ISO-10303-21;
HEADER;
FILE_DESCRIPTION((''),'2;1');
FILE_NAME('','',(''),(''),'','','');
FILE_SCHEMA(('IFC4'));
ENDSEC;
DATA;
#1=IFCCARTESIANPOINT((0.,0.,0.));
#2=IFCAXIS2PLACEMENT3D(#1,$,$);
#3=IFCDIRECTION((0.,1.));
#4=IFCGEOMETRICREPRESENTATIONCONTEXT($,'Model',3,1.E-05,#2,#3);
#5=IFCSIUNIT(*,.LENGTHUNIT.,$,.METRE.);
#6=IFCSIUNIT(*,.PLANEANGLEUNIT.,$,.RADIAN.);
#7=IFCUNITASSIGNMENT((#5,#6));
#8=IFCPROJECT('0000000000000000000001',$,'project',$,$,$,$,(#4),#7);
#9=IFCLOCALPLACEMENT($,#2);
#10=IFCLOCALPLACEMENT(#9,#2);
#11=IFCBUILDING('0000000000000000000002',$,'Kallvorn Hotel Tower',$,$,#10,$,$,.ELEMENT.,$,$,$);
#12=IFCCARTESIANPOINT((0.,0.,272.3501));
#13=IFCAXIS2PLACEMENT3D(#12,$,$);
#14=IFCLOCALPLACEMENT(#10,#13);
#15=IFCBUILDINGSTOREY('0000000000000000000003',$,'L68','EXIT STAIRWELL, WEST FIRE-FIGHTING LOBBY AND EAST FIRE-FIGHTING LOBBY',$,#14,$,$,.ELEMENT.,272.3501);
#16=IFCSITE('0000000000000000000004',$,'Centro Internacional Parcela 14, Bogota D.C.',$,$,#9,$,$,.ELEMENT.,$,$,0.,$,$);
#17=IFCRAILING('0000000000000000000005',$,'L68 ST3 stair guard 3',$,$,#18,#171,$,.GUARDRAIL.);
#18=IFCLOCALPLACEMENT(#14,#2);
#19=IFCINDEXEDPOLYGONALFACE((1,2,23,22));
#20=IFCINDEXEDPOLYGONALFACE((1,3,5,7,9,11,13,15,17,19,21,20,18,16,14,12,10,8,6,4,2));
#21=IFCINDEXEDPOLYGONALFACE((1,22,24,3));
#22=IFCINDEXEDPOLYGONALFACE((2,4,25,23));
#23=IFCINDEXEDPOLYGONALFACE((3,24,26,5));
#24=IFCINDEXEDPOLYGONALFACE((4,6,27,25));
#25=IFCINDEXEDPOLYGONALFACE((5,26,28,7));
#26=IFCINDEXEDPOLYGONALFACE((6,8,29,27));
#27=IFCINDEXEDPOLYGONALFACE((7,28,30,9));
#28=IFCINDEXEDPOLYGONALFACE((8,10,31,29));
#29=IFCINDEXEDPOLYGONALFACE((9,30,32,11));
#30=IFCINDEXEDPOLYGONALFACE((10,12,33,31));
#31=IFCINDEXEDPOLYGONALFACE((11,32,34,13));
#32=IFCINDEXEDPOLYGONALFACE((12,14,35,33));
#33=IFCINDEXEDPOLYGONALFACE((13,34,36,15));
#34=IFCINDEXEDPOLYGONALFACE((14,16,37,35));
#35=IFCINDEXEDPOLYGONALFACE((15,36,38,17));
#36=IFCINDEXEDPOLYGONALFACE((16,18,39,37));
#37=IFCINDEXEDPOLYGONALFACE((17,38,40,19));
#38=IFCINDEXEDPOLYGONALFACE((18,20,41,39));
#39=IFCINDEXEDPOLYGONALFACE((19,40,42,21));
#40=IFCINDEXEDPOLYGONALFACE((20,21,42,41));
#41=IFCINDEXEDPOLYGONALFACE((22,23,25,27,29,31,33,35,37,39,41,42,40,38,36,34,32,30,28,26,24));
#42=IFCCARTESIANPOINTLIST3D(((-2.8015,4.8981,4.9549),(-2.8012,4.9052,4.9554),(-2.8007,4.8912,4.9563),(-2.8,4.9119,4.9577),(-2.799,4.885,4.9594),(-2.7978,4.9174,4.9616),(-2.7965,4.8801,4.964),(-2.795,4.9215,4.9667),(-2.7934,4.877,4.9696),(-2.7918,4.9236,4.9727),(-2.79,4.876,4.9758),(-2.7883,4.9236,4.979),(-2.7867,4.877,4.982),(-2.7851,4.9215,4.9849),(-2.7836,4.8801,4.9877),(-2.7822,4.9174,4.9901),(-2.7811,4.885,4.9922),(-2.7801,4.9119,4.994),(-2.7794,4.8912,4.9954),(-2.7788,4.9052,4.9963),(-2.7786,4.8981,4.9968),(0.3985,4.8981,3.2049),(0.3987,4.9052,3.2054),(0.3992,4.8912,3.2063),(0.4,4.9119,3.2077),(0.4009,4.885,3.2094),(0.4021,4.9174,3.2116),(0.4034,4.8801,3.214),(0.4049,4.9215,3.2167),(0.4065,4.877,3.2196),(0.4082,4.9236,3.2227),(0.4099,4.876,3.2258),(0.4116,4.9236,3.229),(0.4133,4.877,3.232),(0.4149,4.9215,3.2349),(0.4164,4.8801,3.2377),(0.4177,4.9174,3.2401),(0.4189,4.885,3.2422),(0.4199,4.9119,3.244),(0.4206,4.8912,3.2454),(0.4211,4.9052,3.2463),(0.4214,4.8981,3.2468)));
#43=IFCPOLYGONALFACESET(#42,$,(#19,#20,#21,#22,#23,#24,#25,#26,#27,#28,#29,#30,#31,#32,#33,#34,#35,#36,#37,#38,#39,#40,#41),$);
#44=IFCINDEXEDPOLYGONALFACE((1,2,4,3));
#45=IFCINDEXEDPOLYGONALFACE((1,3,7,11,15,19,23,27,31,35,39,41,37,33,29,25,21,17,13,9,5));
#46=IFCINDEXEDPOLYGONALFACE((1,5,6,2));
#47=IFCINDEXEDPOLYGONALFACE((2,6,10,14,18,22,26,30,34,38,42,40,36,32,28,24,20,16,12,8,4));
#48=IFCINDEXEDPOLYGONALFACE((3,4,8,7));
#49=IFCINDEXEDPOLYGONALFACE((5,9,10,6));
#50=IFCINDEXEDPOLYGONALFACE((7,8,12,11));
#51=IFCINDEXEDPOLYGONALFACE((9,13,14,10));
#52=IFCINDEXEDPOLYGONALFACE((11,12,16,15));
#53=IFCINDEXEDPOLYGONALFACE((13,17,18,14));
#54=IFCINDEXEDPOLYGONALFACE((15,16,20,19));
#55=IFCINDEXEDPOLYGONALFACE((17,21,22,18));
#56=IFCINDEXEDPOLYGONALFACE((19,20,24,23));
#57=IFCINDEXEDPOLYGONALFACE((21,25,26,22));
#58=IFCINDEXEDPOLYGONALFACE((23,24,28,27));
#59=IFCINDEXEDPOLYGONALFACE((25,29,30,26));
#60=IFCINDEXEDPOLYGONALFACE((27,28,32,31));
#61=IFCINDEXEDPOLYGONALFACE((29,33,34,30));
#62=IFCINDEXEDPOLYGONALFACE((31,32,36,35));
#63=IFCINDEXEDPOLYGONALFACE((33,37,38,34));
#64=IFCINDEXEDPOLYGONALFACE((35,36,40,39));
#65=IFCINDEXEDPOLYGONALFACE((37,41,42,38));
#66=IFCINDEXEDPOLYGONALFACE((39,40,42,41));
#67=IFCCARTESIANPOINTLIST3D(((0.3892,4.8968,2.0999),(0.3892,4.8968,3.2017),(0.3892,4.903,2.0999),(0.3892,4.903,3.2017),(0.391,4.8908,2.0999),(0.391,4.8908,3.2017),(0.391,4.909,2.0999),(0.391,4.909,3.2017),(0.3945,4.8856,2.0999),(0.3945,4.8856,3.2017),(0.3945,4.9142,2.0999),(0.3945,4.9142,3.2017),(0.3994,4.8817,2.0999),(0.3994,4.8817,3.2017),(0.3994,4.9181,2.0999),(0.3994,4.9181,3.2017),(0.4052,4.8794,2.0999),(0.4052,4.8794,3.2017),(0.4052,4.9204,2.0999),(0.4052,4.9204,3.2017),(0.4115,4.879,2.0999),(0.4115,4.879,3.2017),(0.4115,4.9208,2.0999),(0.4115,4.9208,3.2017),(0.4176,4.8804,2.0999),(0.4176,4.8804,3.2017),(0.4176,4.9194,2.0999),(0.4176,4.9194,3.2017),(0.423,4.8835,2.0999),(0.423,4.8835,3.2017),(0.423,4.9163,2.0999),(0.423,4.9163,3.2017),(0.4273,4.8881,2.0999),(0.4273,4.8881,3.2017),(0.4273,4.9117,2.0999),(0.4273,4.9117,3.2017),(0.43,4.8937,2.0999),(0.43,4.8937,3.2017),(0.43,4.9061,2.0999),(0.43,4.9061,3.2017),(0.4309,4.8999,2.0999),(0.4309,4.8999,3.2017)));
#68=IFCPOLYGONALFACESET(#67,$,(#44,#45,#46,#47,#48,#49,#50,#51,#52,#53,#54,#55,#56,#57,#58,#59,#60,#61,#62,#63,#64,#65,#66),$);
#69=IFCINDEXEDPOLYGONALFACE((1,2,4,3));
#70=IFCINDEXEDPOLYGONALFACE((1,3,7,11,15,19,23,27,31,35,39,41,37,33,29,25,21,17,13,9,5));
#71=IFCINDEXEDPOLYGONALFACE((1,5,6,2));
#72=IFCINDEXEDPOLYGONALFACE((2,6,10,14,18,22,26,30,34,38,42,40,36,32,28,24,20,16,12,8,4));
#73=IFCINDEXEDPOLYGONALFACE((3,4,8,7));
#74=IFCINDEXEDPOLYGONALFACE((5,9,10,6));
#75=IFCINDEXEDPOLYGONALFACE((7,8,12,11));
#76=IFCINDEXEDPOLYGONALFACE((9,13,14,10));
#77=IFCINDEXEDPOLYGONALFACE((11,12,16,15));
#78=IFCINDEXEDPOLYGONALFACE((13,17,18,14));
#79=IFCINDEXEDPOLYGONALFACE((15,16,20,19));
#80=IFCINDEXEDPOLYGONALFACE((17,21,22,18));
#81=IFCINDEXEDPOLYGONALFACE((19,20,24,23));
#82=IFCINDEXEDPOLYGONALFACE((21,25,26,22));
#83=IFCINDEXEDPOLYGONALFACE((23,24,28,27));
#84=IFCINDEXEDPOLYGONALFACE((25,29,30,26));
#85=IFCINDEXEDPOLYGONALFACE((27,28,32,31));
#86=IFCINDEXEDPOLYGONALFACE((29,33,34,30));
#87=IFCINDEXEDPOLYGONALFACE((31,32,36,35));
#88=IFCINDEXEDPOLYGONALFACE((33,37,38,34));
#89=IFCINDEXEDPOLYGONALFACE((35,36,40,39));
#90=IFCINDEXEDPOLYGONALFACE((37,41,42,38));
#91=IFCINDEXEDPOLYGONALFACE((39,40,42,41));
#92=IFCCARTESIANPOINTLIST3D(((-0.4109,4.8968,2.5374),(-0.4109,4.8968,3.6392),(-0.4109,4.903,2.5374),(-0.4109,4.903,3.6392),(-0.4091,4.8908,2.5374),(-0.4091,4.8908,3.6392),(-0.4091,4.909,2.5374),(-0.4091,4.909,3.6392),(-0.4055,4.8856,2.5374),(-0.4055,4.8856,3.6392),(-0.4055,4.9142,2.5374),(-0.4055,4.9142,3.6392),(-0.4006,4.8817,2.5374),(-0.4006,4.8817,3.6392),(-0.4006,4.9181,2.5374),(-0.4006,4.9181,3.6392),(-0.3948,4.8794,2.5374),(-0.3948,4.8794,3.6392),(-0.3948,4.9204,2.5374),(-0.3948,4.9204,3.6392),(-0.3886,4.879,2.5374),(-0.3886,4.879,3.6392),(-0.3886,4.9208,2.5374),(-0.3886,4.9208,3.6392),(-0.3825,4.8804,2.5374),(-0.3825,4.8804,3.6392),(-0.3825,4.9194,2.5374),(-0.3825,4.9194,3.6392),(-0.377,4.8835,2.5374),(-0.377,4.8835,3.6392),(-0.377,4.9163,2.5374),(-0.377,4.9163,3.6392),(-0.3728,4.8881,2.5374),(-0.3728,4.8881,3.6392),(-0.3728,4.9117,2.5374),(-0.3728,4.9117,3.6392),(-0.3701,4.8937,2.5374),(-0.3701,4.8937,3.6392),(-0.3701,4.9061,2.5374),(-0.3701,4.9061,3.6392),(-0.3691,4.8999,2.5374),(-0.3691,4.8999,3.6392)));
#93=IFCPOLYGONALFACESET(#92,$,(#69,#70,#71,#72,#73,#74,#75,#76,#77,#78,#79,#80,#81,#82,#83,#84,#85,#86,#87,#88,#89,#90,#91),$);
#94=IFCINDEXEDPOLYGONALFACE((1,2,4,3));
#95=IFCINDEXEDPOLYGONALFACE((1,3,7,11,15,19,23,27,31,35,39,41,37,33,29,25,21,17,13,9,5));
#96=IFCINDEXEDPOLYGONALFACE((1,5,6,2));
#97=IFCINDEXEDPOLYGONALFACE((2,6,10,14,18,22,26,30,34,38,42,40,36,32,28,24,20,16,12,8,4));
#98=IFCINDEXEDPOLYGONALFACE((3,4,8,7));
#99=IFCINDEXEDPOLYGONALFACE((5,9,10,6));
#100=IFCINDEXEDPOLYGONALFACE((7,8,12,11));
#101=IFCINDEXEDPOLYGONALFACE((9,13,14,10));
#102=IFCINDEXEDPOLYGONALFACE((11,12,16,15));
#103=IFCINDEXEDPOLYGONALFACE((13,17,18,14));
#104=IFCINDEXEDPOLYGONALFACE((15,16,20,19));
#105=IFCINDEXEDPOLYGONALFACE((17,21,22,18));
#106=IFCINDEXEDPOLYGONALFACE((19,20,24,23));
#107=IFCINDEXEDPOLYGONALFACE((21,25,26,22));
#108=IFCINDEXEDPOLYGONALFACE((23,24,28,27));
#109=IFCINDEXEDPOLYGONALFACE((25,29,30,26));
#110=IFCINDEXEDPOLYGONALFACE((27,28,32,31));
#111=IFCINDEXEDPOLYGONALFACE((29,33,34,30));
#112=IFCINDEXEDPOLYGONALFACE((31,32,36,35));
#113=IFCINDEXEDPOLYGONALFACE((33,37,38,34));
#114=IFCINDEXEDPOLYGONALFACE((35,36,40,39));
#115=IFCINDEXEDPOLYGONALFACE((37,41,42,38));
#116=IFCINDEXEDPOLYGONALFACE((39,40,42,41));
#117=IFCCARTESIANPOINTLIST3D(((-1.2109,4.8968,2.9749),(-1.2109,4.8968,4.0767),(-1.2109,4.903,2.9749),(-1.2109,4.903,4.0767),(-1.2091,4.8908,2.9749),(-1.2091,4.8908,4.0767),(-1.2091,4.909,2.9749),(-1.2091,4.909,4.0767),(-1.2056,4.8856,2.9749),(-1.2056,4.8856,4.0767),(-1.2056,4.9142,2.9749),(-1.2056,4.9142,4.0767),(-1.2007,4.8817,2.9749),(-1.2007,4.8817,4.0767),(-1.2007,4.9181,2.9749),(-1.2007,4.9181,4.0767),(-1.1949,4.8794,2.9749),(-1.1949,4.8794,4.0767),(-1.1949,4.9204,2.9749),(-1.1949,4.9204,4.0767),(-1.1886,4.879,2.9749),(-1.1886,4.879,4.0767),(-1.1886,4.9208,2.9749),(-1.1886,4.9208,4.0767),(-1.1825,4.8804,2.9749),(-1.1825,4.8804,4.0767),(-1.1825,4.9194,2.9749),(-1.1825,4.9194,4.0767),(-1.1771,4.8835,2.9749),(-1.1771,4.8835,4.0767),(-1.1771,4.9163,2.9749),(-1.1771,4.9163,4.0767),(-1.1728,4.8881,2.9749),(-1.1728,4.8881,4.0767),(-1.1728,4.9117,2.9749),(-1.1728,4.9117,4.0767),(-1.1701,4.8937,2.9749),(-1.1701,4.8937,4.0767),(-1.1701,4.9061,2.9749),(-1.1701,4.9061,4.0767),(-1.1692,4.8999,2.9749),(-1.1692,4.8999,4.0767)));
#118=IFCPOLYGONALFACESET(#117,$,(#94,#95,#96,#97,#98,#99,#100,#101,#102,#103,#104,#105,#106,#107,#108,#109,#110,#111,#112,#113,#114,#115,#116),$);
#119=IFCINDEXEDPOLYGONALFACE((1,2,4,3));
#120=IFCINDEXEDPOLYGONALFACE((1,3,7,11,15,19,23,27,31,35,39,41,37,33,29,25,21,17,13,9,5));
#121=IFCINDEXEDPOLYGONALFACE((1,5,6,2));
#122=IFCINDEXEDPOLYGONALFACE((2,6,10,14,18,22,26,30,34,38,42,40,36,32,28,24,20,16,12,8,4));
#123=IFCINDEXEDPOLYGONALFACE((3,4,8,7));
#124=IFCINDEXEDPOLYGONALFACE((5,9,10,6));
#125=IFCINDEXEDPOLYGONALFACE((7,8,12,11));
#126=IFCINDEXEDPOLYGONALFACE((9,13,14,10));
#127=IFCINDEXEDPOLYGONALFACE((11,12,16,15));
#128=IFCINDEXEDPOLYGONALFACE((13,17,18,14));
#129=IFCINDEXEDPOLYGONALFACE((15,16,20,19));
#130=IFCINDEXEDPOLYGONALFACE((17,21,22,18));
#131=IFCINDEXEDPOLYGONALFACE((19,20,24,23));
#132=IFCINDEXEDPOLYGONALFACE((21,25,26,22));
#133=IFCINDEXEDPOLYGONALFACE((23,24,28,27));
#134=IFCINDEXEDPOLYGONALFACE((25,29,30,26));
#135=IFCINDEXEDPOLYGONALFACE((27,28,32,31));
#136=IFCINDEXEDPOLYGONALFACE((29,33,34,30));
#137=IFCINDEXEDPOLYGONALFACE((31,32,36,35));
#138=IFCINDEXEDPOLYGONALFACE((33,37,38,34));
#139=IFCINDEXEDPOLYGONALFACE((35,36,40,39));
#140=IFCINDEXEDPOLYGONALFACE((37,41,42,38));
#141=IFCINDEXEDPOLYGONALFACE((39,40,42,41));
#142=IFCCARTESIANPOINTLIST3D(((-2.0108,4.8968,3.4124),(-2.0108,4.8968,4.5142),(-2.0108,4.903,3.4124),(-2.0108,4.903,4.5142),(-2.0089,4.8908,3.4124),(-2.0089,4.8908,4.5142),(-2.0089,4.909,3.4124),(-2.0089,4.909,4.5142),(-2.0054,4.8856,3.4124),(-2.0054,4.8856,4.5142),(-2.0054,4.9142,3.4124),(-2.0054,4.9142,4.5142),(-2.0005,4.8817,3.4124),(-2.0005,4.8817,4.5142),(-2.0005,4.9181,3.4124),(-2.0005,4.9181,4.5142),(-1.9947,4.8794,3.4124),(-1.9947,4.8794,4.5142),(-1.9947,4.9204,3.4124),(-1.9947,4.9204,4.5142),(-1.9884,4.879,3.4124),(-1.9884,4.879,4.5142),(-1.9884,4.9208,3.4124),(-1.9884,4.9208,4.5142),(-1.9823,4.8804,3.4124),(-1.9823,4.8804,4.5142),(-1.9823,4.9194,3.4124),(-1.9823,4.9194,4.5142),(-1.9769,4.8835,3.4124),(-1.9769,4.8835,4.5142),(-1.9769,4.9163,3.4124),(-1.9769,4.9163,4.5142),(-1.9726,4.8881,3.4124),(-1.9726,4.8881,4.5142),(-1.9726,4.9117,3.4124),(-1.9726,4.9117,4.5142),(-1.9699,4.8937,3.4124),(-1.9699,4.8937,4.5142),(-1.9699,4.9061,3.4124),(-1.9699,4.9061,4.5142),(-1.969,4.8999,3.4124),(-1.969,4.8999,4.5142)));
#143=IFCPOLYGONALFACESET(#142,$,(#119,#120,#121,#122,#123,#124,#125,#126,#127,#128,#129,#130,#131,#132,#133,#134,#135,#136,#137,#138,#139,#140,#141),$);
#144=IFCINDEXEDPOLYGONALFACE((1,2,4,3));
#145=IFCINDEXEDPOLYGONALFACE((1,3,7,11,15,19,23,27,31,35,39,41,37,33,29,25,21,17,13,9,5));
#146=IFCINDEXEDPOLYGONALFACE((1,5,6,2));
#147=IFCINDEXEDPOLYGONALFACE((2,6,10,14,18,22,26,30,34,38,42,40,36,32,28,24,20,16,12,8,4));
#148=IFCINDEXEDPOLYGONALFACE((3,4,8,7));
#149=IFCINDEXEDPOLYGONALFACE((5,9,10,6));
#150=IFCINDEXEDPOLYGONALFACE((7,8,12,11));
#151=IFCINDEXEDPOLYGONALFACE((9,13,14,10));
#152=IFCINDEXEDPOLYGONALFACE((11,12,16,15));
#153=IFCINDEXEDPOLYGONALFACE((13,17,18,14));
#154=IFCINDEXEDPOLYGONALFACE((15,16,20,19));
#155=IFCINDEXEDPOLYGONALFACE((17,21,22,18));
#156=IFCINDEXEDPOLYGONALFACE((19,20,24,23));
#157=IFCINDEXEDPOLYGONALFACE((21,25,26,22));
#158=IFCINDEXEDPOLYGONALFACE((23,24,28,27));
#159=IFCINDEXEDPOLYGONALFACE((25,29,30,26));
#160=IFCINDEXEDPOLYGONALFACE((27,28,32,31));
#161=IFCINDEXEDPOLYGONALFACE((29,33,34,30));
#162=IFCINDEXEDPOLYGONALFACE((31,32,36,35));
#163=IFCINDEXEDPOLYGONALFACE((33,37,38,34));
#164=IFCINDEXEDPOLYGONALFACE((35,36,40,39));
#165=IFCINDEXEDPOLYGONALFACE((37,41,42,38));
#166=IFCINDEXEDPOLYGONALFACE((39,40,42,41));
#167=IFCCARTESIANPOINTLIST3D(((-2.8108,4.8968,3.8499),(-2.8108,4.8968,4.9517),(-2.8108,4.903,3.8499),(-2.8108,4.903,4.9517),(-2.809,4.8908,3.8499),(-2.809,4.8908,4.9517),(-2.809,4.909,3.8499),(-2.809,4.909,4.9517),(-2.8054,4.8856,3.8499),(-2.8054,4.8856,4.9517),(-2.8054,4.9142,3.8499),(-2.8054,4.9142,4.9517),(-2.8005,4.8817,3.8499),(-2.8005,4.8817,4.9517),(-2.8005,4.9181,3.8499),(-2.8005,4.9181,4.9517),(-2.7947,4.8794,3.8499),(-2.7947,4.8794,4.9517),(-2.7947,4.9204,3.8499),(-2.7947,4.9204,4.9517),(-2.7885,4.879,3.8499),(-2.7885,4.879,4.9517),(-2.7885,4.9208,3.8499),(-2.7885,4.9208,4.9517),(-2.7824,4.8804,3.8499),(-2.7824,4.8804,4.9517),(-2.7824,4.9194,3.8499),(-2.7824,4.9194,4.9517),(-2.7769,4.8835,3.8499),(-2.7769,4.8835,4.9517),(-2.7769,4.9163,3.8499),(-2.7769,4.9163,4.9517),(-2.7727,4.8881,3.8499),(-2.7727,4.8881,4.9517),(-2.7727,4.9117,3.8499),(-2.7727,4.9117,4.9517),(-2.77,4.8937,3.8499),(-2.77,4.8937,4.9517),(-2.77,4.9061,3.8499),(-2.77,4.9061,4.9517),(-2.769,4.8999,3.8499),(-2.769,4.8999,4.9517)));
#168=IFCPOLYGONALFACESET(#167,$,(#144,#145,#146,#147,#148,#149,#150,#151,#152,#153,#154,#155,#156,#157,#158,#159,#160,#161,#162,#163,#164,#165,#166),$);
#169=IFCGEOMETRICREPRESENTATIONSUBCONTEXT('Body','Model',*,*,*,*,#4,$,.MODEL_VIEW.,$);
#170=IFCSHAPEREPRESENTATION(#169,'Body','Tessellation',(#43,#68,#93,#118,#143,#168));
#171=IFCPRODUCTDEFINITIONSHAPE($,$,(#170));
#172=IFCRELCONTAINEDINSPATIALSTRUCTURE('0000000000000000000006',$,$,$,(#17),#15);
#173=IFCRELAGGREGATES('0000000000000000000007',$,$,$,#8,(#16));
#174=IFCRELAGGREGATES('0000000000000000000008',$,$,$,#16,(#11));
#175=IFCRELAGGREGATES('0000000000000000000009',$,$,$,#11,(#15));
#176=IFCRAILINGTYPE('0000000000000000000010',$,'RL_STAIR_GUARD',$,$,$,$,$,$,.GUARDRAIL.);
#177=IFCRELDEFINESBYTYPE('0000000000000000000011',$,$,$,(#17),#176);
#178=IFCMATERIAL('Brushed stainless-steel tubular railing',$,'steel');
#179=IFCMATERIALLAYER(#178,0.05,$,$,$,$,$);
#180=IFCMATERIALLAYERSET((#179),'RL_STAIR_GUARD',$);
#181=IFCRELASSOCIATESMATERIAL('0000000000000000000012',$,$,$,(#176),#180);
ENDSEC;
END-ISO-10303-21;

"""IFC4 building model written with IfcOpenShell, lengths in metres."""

from ifc_helpers import new_model, si_unit, direction, frame, origin, origin_2d, place, context, subcontext, project, spatial, circle, extrude, material, layer, layer_set, type_object, element, save


model = new_model("IFC4")

# Units and contexts
model_context = context("Model", 3, precision=1e-05, world=origin(), true_north=direction((0.0, 1.0)))
body_context = subcontext(model_context, "Body", "Model", "MODEL_VIEW")
ifc_project = project(units=[si_unit("LENGTHUNIT", "METRE"), si_unit("PLANEANGLEUNIT", "RADIAN")], contexts=[model_context])

# Site, building, storey
site_placement = place(None, origin())
site = spatial("IfcSite", under=ifc_project, at=site_placement, Name="Centro Internacional Parcela 14, Bogota D.C.", CompositionType="ELEMENT", RefElevation=0.0)
building_placement = place(site_placement, origin())
building = spatial("IfcBuilding", under=site, at=building_placement, Name="Kallvorn Hotel Tower", CompositionType="ELEMENT")
storey_placement = place(building_placement, frame((0.0, 0.0, 272.3501)))
storey = spatial("IfcBuildingStorey", under=building, at=storey_placement, Name="L68", Description="EXIT STAIRWELL, WEST FIRE-FIGHTING LOBBY AND EAST FIRE-FIGHTING LOBBY", CompositionType="ELEMENT", Elevation=272.3501)

# Railing
ifc_material_1 = material(Name="Brushed stainless-steel tubular railing", Category="steel")
ifc_layer_1 = layer(ifc_material_1, 0.05)
ifc_layer_set_1 = layer_set([ifc_layer_1], Name="RL_STAIR_GUARD")
railing_type_1 = type_object("IfcRailingType", Name="RL_STAIR_GUARD", PredefinedType="GUARDRAIL", material=ifc_layer_set_1)
railing_1_placement = place(storey_placement, frame((0.4099, 4.8999, 2.0999)))
element("IfcRailing", 1, at=railing_1_placement, inside=storey, type_object=railing_type_1, Name="L68 ST3 stair guard 3", PredefinedType="GUARDRAIL", context=body_context, shape_type="SweptSolid", body=[
    extrude(circle(Radius=0.0239, at=origin_2d()), frame((0.0, 0.0, 1.126), z_axis=(-0.877368, 0.0, 0.479818), x_axis=(0.0, -1.0, 0.0)), (0.0, 0.0, 1.0), 3.6472),
    extrude(circle(Radius=0.021, at=origin_2d()), origin(), (0.0, 0.0, 1.0), 1.1018),
    extrude(circle(Radius=0.021, at=origin_2d()), frame((-0.8, 0.0, 0.4375)), (0.0, 0.0, 1.0), 1.1018),
    extrude(circle(Radius=0.021, at=origin_2d()), frame((-1.6001, 0.0, 0.875)), (0.0, 0.0, 1.0), 1.1018),
    extrude(circle(Radius=0.021, at=origin_2d()), frame((-2.3999, 0.0, 1.3125)), (0.0, 0.0, 1.0), 1.1018),
    extrude(circle(Radius=0.021, at=origin_2d()), frame((-3.2, 0.0, 1.75)), (0.0, 0.0, 1.0), 1.1018),
])

save(model, "model.ifc")
